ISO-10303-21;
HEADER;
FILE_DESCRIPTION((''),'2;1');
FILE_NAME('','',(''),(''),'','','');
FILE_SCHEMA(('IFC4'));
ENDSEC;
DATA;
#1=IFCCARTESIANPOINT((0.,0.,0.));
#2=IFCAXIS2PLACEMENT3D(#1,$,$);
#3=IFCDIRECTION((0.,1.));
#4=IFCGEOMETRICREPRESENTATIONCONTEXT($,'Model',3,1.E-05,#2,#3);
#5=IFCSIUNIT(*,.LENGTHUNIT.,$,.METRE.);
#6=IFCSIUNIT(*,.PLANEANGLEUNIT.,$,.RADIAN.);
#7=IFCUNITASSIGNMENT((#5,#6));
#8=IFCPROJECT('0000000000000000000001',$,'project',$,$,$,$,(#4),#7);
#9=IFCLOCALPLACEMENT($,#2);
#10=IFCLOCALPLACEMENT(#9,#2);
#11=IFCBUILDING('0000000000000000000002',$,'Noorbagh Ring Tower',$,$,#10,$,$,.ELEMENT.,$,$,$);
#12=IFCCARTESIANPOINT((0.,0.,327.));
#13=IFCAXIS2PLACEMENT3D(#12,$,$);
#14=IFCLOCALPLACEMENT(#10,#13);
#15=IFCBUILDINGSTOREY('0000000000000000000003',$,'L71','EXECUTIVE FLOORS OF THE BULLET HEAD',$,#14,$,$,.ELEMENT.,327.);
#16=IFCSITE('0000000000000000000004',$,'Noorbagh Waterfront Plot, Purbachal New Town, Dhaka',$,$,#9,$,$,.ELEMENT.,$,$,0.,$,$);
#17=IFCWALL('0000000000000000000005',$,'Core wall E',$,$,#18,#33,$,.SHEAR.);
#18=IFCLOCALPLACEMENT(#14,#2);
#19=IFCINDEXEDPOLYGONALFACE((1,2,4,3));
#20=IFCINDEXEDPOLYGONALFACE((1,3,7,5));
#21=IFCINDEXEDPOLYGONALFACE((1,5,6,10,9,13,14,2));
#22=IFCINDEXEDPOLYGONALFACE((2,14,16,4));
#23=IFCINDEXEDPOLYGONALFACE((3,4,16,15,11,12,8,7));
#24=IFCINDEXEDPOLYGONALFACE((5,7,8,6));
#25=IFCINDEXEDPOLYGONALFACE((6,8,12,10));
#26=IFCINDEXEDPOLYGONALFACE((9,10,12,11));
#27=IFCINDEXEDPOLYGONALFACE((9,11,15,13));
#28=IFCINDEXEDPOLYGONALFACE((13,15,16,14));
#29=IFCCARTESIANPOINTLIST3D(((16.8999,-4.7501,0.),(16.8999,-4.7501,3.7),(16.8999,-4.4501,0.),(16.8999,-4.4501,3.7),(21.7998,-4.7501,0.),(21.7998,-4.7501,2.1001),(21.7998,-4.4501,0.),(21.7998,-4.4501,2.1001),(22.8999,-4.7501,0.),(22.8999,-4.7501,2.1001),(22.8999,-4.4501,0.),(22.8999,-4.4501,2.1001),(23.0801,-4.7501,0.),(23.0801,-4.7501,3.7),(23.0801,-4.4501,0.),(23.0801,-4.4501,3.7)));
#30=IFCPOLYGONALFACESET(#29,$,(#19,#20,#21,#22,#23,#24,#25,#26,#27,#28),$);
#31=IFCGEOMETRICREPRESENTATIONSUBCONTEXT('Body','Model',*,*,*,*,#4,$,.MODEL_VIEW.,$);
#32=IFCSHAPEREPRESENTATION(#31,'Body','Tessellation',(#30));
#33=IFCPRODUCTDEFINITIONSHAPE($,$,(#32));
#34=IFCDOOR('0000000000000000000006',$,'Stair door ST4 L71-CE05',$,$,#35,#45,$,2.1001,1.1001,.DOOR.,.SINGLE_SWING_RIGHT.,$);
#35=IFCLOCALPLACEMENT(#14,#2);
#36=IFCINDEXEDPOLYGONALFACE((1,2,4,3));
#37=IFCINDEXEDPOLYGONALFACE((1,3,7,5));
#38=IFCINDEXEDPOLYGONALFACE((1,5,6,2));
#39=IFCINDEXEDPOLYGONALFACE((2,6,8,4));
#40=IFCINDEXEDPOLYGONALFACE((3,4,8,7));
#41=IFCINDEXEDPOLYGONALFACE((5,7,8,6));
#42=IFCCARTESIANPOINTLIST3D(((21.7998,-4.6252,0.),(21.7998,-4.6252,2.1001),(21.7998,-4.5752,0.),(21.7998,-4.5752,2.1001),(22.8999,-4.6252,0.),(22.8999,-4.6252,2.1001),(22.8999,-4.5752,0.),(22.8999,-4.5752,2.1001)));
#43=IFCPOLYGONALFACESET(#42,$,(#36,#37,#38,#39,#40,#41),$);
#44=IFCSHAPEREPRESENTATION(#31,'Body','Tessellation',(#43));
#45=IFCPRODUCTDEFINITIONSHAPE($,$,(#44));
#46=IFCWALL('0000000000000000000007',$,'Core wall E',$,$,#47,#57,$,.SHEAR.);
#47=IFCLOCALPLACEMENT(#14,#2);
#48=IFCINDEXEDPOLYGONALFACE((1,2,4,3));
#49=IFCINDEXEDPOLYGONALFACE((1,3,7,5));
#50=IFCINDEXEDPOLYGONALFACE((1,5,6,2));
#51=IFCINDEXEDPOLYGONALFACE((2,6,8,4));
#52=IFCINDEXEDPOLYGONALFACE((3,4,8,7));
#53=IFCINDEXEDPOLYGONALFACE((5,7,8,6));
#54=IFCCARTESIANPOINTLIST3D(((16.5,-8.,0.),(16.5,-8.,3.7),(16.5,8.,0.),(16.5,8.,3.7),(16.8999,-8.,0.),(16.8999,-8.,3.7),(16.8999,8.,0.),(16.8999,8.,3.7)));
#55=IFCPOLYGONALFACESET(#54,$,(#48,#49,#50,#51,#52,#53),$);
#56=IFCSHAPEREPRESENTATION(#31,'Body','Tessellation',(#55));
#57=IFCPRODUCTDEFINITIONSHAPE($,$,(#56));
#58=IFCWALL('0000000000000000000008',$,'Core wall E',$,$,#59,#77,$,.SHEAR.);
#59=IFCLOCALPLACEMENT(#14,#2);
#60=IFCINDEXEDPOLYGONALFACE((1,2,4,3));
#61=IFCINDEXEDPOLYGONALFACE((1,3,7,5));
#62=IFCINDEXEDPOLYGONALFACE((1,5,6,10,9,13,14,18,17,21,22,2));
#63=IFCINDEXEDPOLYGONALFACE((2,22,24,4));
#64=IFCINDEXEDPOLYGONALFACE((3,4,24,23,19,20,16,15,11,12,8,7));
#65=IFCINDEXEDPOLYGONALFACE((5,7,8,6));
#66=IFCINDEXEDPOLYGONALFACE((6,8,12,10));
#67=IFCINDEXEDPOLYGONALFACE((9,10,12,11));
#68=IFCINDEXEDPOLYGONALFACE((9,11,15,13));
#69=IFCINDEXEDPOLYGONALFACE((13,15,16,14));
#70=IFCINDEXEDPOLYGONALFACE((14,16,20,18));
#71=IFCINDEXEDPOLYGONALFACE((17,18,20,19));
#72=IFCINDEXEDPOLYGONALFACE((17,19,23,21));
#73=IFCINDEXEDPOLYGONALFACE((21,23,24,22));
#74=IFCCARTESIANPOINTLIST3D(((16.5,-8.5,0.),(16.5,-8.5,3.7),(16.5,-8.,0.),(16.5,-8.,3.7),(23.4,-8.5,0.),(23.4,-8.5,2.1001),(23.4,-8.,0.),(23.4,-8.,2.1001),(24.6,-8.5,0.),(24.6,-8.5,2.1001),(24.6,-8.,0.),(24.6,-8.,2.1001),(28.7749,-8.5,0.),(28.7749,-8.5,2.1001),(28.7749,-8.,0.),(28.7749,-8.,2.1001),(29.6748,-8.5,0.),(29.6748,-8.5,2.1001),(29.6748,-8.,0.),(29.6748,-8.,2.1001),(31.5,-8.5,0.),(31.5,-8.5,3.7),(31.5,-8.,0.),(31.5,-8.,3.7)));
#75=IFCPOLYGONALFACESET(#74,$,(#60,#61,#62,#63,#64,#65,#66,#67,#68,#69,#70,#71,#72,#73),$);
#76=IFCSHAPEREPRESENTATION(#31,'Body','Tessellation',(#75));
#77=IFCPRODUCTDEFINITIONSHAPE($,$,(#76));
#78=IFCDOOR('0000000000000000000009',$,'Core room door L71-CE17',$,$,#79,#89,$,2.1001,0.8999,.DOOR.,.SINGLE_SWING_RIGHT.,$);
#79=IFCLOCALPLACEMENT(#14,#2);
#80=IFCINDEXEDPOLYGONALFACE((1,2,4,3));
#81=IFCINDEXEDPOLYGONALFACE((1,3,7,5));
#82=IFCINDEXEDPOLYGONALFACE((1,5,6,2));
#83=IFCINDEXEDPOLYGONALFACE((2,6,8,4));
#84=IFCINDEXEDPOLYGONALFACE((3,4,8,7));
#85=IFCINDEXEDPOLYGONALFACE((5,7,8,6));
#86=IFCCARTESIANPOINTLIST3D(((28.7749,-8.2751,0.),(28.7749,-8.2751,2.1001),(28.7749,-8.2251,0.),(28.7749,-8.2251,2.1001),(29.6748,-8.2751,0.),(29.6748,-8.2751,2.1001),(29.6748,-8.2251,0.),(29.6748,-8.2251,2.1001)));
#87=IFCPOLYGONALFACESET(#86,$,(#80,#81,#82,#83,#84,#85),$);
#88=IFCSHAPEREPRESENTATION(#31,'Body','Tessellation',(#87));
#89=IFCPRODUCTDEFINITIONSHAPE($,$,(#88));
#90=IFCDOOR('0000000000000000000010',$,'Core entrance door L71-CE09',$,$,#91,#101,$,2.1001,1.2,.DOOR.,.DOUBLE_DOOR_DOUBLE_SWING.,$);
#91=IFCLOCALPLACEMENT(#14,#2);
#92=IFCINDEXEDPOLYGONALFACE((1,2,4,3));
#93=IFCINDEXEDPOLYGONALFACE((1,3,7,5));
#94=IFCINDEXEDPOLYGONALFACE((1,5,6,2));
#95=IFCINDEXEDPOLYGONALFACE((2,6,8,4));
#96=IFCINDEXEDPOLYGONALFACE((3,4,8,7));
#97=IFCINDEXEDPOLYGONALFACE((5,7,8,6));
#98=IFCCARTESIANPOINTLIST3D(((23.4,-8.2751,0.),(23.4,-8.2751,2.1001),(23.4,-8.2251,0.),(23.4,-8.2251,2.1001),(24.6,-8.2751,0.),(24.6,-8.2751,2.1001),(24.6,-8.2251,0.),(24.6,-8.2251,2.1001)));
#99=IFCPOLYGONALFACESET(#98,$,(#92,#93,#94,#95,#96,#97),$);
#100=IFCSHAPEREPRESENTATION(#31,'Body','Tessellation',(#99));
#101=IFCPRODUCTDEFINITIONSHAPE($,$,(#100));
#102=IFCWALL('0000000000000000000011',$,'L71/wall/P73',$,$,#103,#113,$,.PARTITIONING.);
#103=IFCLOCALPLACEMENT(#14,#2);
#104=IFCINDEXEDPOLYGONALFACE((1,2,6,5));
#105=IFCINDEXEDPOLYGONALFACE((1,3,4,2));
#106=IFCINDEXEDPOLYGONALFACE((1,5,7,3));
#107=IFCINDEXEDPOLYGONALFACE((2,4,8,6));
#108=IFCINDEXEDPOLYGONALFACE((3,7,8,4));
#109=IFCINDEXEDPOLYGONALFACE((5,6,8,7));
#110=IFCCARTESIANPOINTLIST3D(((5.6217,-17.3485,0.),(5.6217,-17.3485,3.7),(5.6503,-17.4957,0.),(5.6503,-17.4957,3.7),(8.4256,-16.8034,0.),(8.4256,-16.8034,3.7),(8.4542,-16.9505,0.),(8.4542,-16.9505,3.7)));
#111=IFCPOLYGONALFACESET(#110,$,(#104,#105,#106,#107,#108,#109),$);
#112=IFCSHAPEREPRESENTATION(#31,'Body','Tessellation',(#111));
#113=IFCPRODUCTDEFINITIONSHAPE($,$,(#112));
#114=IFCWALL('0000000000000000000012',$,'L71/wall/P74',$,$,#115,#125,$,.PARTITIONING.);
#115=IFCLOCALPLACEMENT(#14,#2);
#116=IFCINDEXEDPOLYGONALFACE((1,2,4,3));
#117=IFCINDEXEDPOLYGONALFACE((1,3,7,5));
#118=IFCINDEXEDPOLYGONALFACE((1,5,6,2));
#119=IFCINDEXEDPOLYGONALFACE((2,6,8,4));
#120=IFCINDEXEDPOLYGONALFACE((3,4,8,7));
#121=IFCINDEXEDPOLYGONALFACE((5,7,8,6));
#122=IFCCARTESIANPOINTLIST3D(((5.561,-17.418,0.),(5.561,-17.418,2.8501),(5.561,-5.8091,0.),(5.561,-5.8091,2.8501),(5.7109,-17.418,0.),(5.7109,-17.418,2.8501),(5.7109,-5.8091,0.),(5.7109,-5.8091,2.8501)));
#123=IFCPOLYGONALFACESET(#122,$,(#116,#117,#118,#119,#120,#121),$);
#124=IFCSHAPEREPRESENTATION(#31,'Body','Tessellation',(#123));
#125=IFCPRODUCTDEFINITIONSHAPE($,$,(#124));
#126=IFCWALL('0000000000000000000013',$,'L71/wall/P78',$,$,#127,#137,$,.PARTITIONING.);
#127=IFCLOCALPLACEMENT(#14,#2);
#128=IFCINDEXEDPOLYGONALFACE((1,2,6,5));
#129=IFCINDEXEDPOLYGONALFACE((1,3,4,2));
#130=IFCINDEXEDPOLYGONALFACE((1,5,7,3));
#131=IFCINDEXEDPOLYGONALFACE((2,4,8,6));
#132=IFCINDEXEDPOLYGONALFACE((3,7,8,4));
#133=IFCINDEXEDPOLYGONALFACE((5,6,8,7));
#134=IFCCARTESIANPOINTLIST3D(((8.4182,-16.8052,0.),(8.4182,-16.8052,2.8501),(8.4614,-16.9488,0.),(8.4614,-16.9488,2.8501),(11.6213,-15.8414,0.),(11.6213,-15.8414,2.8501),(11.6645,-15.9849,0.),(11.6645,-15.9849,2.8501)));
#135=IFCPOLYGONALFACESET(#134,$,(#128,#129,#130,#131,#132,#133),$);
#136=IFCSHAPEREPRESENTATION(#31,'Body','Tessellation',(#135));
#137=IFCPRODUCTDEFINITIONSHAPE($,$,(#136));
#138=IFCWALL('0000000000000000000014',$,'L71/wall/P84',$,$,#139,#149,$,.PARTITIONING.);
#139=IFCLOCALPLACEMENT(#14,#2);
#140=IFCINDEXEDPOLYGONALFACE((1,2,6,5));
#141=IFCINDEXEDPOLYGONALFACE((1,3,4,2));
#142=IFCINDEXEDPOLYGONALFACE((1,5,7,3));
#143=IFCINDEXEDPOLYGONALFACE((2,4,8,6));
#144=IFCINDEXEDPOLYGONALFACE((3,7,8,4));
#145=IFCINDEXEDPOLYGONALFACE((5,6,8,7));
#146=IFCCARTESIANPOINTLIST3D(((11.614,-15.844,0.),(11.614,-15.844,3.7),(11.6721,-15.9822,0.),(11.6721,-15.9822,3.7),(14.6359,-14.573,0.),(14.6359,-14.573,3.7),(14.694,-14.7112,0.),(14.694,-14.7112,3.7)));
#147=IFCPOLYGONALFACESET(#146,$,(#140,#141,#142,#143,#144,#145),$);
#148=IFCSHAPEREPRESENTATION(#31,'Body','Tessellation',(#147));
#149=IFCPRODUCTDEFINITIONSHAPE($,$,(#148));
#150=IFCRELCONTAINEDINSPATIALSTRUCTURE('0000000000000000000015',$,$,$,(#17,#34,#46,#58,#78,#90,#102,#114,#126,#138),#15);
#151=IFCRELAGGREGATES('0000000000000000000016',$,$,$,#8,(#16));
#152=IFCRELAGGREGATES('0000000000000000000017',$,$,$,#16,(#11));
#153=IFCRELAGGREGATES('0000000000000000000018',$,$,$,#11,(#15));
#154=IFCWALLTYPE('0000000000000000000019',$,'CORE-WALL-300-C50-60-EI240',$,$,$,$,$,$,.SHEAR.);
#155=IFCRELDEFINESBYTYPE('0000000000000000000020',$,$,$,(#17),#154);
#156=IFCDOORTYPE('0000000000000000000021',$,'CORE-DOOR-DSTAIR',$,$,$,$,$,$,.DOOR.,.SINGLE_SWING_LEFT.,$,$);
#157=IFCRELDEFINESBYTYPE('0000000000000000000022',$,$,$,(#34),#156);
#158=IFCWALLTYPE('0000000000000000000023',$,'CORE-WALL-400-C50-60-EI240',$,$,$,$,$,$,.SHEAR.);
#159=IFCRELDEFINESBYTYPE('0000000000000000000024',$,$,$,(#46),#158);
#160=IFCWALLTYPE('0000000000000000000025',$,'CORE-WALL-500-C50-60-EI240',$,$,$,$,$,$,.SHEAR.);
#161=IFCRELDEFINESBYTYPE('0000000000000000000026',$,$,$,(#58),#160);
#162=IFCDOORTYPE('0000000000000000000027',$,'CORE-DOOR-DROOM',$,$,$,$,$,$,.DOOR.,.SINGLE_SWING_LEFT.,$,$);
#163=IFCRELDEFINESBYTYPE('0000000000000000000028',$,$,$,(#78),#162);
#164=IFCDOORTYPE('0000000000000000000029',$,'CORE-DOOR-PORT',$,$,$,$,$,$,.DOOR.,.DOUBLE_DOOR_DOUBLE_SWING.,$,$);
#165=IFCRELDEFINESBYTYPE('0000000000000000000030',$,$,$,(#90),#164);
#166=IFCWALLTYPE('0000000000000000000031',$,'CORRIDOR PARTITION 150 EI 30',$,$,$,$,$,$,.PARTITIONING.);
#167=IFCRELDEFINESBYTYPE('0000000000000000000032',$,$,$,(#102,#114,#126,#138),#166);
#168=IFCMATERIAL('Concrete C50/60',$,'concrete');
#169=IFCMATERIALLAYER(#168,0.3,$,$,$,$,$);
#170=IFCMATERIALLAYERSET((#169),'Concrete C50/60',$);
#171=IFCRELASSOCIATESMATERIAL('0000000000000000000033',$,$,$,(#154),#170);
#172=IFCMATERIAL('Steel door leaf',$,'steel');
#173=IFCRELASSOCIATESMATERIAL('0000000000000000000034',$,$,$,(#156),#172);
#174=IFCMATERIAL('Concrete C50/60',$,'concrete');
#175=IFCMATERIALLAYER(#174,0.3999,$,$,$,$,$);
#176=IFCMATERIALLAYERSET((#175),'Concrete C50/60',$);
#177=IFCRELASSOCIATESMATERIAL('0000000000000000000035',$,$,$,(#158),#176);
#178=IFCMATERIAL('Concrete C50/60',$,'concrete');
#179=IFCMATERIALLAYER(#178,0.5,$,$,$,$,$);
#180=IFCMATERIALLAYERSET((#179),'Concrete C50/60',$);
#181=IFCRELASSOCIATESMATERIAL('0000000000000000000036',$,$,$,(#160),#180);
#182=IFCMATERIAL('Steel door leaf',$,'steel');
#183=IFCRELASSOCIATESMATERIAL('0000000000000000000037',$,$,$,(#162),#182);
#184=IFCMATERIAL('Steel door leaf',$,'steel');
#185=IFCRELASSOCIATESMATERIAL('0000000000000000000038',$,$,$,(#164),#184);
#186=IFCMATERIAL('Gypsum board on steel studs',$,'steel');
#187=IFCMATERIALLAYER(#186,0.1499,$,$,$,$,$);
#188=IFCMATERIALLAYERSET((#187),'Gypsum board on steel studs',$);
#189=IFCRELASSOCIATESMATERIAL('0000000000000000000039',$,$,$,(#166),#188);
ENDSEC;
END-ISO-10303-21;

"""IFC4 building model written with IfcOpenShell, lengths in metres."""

from ifc_helpers import new_model, si_unit, direction, frame, frame_2d, origin, place, context, subcontext, project, spatial, rectangle, extrude, material, layer, layer_set, type_object, element, fill, save


model = new_model("IFC4")

# Units and contexts
model_context = context("Model", 3, precision=1e-05, world=origin(), true_north=direction((0.0, 1.0)))
body_context = subcontext(model_context, "Body", "Model", "MODEL_VIEW")
ifc_project = project(units=[si_unit("LENGTHUNIT", "METRE"), si_unit("PLANEANGLEUNIT", "RADIAN")], contexts=[model_context])

# Site, building, storey
site_placement = place(None, origin())
site = spatial("IfcSite", under=ifc_project, at=site_placement, Name="Noorbagh Waterfront Plot, Purbachal New Town, Dhaka", CompositionType="ELEMENT", RefElevation=0.0)
building_placement = place(site_placement, origin())
building = spatial("IfcBuilding", under=site, at=building_placement, Name="Noorbagh Ring Tower", CompositionType="ELEMENT")
storey_placement = place(building_placement, frame((0.0, 0.0, 327.0)))
storey = spatial("IfcBuildingStorey", under=building, at=storey_placement, Name="L71", Description="EXECUTIVE FLOORS OF THE BULLET HEAD", CompositionType="ELEMENT", Elevation=327.0)

# Wall, opening, door
ifc_material_1 = material(Name="Concrete C50/60", Category="concrete")
ifc_layer_1 = layer(ifc_material_1, 0.3)
ifc_layer_set_1 = layer_set([ifc_layer_1], Name="Concrete C50/60")
wall_type_1 = type_object("IfcWallType", Name="CORE-WALL-300-C50-60-EI240", PredefinedType="SHEAR", material=ifc_layer_set_1)
wall_1_placement = place(storey_placement, frame((16.8999, -4.6001, 0.0), z_axis=(0.0, 0.0, 1.0), x_axis=(1.0, 0.0, 0.0)))
wall_1 = element("IfcWall", 1, at=wall_1_placement, inside=storey, type_object=wall_type_1, Name="Core wall E", PredefinedType="SHEAR", context=body_context, shape_type="SweptSolid", body=[
    extrude(rectangle(XDim=6.1802, YDim=0.3, at=frame_2d((3.0901, 0.0))), origin(), (0.0, 0.0, 1.0), 3.7),
])
opening_1_placement = place(wall_1_placement, frame((4.8999, 0.0, 0.0)))
opening_1 = element("IfcOpeningElement", 2, at=opening_1_placement, cuts=wall_1, PredefinedType="OPENING", context=body_context, shape_type="SweptSolid", body=[
    extrude(rectangle(XDim=1.1001, YDim=2.1001, at=frame_2d((0.55, 1.05))), frame((0.0, 0.1602, 0.0), z_axis=(0.0, -1.0, 0.0), x_axis=(1.0, 0.0, 0.0)), (0.0, 0.0, 1.0), 0.3201),
])
ifc_material_2 = material(Name="Steel door leaf", Category="steel")
door_type_1 = type_object("IfcDoorType", Name="CORE-DOOR-DSTAIR", OperationType="SINGLE_SWING_LEFT", PredefinedType="DOOR", material=ifc_material_2)
door_1_placement = place(opening_1_placement, origin())
door_1 = element("IfcDoor", 3, at=door_1_placement, inside=storey, type_object=door_type_1, Name="Stair door ST4 L71-CE05", OperationType="SINGLE_SWING_RIGHT", OverallHeight=2.1001, OverallWidth=1.1001, PredefinedType="DOOR", context=body_context, shape_type="SweptSolid", body=[
    extrude(rectangle(XDim=1.1001, YDim=2.1001, at=frame_2d((0.55, 1.05))), frame((0.0, 0.0249, 0.0), z_axis=(0.0, -1.0, 0.0), x_axis=(1.0, 0.0, 0.0)), (0.0, 0.0, 1.0), 0.05),
])
fill(opening_1, door_1)

# Wall
ifc_material_3 = material(Name="Concrete C50/60", Category="concrete")
ifc_layer_2 = layer(ifc_material_3, 0.3999)
ifc_layer_set_2 = layer_set([ifc_layer_2], Name="Concrete C50/60")
wall_type_2 = type_object("IfcWallType", Name="CORE-WALL-400-C50-60-EI240", PredefinedType="SHEAR", material=ifc_layer_set_2)
wall_2_placement = place(storey_placement, frame((16.7, -8.0, 0.0), z_axis=(0.0, 0.0, 1.0), x_axis=(0.0, 1.0, 0.0)))
element("IfcWall", 4, at=wall_2_placement, inside=storey, type_object=wall_type_2, Name="Core wall E", PredefinedType="SHEAR", context=body_context, shape_type="SweptSolid", body=[
    extrude(rectangle(XDim=16.0, YDim=0.3999, at=frame_2d((8.0, 0.0))), origin(), (0.0, 0.0, 1.0), 3.7),
])

# Wall, openings, doors
ifc_material_4 = material(Name="Concrete C50/60", Category="concrete")
ifc_layer_3 = layer(ifc_material_4, 0.5)
ifc_layer_set_3 = layer_set([ifc_layer_3], Name="Concrete C50/60")
wall_type_3 = type_object("IfcWallType", Name="CORE-WALL-500-C50-60-EI240", PredefinedType="SHEAR", material=ifc_layer_set_3)
wall_3_placement = place(storey_placement, frame((16.5, -8.25, 0.0), z_axis=(0.0, 0.0, 1.0), x_axis=(1.0, 0.0, 0.0)))
wall_3 = element("IfcWall", 5, at=wall_3_placement, inside=storey, type_object=wall_type_3, Name="Core wall E", PredefinedType="SHEAR", context=body_context, shape_type="SweptSolid", body=[
    extrude(rectangle(XDim=15.0, YDim=0.5, at=frame_2d((7.5, 0.0))), origin(), (0.0, 0.0, 1.0), 3.7),
])
opening_2_placement = place(wall_3_placement, frame((6.8999, 0.0, 0.0)))
opening_2 = element("IfcOpeningElement", 6, at=opening_2_placement, cuts=wall_3, PredefinedType="OPENING", context=body_context, shape_type="SweptSolid", body=[
    extrude(rectangle(XDim=1.2, YDim=2.1001, at=frame_2d((0.6001, 1.05))), frame((0.0, 0.26, 0.0), z_axis=(0.0, -1.0, 0.0), x_axis=(1.0, 0.0, 0.0)), (0.0, 0.0, 1.0), 0.52),
])
opening_3_placement = place(wall_3_placement, frame((12.2749, 0.0, 0.0)))
opening_3 = element("IfcOpeningElement", 7, at=opening_3_placement, cuts=wall_3, PredefinedType="OPENING", context=body_context, shape_type="SweptSolid", body=[
    extrude(rectangle(XDim=0.8999, YDim=2.1001, at=frame_2d((0.45, 1.05))), frame((0.0, 0.26, 0.0), z_axis=(0.0, -1.0, 0.0), x_axis=(1.0, 0.0, 0.0)), (0.0, 0.0, 1.0), 0.52),
])
ifc_material_5 = material(Name="Steel door leaf", Category="steel")
door_type_2 = type_object("IfcDoorType", Name="CORE-DOOR-DROOM", OperationType="SINGLE_SWING_LEFT", PredefinedType="DOOR", material=ifc_material_5)
door_2_placement = place(opening_3_placement, origin())
door_2 = element("IfcDoor", 8, at=door_2_placement, inside=storey, type_object=door_type_2, Name="Core room door L71-CE17", OperationType="SINGLE_SWING_RIGHT", OverallHeight=2.1001, OverallWidth=0.8999, PredefinedType="DOOR", context=body_context, shape_type="SweptSolid", body=[
    extrude(rectangle(XDim=0.8999, YDim=2.1001, at=frame_2d((0.45, 1.05))), frame((0.0, 0.0249, 0.0), z_axis=(0.0, -1.0, 0.0), x_axis=(1.0, 0.0, 0.0)), (0.0, 0.0, 1.0), 0.05),
])
fill(opening_3, door_2)
ifc_material_6 = material(Name="Steel door leaf", Category="steel")
door_type_3 = type_object("IfcDoorType", Name="CORE-DOOR-PORT", OperationType="DOUBLE_DOOR_DOUBLE_SWING", PredefinedType="DOOR", material=ifc_material_6)
door_3_placement = place(opening_2_placement, origin())
door_3 = element("IfcDoor", 9, at=door_3_placement, inside=storey, type_object=door_type_3, Name="Core entrance door L71-CE09", OperationType="DOUBLE_DOOR_DOUBLE_SWING", OverallHeight=2.1001, OverallWidth=1.2, PredefinedType="DOOR", context=body_context, shape_type="SweptSolid", body=[
    extrude(rectangle(XDim=1.2, YDim=2.1001, at=frame_2d((0.6001, 1.05))), frame((0.0, 0.0249, 0.0), z_axis=(0.0, -1.0, 0.0), x_axis=(1.0, 0.0, 0.0)), (0.0, 0.0, 1.0), 0.05),
])
fill(opening_2, door_3)

# Walls
ifc_material_7 = material(Name="Gypsum board on steel studs", Category="steel")
ifc_layer_4 = layer(ifc_material_7, 0.1499)
ifc_layer_set_4 = layer_set([ifc_layer_4], Name="Gypsum board on steel studs")
wall_type_4 = type_object("IfcWallType", Name="CORRIDOR PARTITION 150 EI 30", PredefinedType="PARTITIONING", material=ifc_layer_set_4)
wall_4_placement = place(storey_placement, frame((5.636, -17.4221, 0.0), z_axis=(0.0, 0.0, 1.0), x_axis=(0.981619, 0.190854, 0.0)))
element("IfcWall", 10, at=wall_4_placement, inside=storey, type_object=wall_type_4, Name="L71/wall/P73", PredefinedType="PARTITIONING", context=body_context, shape_type="SweptSolid", body=[
    extrude(rectangle(XDim=2.8564, YDim=0.1499, at=frame_2d((1.4282, 0.0))), origin(), (0.0, 0.0, 1.0), 3.7),
])
wall_5_placement = place(storey_placement, frame((5.636, -17.418, 0.0), z_axis=(0.0, 0.0, 1.0), x_axis=(0.0, 1.0, 0.0)))
element("IfcWall", 11, at=wall_5_placement, inside=storey, type_object=wall_type_4, Name="L71/wall/P74", PredefinedType="PARTITIONING", context=body_context, shape_type="SweptSolid", body=[
    extrude(rectangle(XDim=11.6089, YDim=0.1499, at=frame_2d((5.8044, 0.0))), origin(), (0.0, 0.0, 1.0), 2.8501),
])
wall_6_placement = place(storey_placement, frame((8.4399, -16.877, 0.0), z_axis=(0.0, 0.0, 1.0), x_axis=(0.957585, 0.288151, 0.0)))
element("IfcWall", 12, at=wall_6_placement, inside=storey, type_object=wall_type_4, Name="L71/wall/P78", PredefinedType="PARTITIONING", context=body_context, shape_type="SweptSolid", body=[
    extrude(rectangle(XDim=3.345, YDim=0.1499, at=frame_2d((1.6724, 0.0))), origin(), (0.0, 0.0, 1.0), 2.8501),
])
wall_7_placement = place(storey_placement, frame((11.6431, -15.9131, 0.0), z_axis=(0.0, 0.0, 1.0), x_axis=(0.921789, 0.387691, 0.0)))
element("IfcWall", 13, at=wall_7_placement, inside=storey, type_object=wall_type_4, Name="L71/wall/P84", PredefinedType="PARTITIONING", context=body_context, shape_type="SweptSolid", body=[
    extrude(rectangle(XDim=3.2783, YDim=0.1499, at=frame_2d((1.6392, 0.0))), origin(), (0.0, 0.0, 1.0), 3.7),
])

save(model, "model.ifc")
